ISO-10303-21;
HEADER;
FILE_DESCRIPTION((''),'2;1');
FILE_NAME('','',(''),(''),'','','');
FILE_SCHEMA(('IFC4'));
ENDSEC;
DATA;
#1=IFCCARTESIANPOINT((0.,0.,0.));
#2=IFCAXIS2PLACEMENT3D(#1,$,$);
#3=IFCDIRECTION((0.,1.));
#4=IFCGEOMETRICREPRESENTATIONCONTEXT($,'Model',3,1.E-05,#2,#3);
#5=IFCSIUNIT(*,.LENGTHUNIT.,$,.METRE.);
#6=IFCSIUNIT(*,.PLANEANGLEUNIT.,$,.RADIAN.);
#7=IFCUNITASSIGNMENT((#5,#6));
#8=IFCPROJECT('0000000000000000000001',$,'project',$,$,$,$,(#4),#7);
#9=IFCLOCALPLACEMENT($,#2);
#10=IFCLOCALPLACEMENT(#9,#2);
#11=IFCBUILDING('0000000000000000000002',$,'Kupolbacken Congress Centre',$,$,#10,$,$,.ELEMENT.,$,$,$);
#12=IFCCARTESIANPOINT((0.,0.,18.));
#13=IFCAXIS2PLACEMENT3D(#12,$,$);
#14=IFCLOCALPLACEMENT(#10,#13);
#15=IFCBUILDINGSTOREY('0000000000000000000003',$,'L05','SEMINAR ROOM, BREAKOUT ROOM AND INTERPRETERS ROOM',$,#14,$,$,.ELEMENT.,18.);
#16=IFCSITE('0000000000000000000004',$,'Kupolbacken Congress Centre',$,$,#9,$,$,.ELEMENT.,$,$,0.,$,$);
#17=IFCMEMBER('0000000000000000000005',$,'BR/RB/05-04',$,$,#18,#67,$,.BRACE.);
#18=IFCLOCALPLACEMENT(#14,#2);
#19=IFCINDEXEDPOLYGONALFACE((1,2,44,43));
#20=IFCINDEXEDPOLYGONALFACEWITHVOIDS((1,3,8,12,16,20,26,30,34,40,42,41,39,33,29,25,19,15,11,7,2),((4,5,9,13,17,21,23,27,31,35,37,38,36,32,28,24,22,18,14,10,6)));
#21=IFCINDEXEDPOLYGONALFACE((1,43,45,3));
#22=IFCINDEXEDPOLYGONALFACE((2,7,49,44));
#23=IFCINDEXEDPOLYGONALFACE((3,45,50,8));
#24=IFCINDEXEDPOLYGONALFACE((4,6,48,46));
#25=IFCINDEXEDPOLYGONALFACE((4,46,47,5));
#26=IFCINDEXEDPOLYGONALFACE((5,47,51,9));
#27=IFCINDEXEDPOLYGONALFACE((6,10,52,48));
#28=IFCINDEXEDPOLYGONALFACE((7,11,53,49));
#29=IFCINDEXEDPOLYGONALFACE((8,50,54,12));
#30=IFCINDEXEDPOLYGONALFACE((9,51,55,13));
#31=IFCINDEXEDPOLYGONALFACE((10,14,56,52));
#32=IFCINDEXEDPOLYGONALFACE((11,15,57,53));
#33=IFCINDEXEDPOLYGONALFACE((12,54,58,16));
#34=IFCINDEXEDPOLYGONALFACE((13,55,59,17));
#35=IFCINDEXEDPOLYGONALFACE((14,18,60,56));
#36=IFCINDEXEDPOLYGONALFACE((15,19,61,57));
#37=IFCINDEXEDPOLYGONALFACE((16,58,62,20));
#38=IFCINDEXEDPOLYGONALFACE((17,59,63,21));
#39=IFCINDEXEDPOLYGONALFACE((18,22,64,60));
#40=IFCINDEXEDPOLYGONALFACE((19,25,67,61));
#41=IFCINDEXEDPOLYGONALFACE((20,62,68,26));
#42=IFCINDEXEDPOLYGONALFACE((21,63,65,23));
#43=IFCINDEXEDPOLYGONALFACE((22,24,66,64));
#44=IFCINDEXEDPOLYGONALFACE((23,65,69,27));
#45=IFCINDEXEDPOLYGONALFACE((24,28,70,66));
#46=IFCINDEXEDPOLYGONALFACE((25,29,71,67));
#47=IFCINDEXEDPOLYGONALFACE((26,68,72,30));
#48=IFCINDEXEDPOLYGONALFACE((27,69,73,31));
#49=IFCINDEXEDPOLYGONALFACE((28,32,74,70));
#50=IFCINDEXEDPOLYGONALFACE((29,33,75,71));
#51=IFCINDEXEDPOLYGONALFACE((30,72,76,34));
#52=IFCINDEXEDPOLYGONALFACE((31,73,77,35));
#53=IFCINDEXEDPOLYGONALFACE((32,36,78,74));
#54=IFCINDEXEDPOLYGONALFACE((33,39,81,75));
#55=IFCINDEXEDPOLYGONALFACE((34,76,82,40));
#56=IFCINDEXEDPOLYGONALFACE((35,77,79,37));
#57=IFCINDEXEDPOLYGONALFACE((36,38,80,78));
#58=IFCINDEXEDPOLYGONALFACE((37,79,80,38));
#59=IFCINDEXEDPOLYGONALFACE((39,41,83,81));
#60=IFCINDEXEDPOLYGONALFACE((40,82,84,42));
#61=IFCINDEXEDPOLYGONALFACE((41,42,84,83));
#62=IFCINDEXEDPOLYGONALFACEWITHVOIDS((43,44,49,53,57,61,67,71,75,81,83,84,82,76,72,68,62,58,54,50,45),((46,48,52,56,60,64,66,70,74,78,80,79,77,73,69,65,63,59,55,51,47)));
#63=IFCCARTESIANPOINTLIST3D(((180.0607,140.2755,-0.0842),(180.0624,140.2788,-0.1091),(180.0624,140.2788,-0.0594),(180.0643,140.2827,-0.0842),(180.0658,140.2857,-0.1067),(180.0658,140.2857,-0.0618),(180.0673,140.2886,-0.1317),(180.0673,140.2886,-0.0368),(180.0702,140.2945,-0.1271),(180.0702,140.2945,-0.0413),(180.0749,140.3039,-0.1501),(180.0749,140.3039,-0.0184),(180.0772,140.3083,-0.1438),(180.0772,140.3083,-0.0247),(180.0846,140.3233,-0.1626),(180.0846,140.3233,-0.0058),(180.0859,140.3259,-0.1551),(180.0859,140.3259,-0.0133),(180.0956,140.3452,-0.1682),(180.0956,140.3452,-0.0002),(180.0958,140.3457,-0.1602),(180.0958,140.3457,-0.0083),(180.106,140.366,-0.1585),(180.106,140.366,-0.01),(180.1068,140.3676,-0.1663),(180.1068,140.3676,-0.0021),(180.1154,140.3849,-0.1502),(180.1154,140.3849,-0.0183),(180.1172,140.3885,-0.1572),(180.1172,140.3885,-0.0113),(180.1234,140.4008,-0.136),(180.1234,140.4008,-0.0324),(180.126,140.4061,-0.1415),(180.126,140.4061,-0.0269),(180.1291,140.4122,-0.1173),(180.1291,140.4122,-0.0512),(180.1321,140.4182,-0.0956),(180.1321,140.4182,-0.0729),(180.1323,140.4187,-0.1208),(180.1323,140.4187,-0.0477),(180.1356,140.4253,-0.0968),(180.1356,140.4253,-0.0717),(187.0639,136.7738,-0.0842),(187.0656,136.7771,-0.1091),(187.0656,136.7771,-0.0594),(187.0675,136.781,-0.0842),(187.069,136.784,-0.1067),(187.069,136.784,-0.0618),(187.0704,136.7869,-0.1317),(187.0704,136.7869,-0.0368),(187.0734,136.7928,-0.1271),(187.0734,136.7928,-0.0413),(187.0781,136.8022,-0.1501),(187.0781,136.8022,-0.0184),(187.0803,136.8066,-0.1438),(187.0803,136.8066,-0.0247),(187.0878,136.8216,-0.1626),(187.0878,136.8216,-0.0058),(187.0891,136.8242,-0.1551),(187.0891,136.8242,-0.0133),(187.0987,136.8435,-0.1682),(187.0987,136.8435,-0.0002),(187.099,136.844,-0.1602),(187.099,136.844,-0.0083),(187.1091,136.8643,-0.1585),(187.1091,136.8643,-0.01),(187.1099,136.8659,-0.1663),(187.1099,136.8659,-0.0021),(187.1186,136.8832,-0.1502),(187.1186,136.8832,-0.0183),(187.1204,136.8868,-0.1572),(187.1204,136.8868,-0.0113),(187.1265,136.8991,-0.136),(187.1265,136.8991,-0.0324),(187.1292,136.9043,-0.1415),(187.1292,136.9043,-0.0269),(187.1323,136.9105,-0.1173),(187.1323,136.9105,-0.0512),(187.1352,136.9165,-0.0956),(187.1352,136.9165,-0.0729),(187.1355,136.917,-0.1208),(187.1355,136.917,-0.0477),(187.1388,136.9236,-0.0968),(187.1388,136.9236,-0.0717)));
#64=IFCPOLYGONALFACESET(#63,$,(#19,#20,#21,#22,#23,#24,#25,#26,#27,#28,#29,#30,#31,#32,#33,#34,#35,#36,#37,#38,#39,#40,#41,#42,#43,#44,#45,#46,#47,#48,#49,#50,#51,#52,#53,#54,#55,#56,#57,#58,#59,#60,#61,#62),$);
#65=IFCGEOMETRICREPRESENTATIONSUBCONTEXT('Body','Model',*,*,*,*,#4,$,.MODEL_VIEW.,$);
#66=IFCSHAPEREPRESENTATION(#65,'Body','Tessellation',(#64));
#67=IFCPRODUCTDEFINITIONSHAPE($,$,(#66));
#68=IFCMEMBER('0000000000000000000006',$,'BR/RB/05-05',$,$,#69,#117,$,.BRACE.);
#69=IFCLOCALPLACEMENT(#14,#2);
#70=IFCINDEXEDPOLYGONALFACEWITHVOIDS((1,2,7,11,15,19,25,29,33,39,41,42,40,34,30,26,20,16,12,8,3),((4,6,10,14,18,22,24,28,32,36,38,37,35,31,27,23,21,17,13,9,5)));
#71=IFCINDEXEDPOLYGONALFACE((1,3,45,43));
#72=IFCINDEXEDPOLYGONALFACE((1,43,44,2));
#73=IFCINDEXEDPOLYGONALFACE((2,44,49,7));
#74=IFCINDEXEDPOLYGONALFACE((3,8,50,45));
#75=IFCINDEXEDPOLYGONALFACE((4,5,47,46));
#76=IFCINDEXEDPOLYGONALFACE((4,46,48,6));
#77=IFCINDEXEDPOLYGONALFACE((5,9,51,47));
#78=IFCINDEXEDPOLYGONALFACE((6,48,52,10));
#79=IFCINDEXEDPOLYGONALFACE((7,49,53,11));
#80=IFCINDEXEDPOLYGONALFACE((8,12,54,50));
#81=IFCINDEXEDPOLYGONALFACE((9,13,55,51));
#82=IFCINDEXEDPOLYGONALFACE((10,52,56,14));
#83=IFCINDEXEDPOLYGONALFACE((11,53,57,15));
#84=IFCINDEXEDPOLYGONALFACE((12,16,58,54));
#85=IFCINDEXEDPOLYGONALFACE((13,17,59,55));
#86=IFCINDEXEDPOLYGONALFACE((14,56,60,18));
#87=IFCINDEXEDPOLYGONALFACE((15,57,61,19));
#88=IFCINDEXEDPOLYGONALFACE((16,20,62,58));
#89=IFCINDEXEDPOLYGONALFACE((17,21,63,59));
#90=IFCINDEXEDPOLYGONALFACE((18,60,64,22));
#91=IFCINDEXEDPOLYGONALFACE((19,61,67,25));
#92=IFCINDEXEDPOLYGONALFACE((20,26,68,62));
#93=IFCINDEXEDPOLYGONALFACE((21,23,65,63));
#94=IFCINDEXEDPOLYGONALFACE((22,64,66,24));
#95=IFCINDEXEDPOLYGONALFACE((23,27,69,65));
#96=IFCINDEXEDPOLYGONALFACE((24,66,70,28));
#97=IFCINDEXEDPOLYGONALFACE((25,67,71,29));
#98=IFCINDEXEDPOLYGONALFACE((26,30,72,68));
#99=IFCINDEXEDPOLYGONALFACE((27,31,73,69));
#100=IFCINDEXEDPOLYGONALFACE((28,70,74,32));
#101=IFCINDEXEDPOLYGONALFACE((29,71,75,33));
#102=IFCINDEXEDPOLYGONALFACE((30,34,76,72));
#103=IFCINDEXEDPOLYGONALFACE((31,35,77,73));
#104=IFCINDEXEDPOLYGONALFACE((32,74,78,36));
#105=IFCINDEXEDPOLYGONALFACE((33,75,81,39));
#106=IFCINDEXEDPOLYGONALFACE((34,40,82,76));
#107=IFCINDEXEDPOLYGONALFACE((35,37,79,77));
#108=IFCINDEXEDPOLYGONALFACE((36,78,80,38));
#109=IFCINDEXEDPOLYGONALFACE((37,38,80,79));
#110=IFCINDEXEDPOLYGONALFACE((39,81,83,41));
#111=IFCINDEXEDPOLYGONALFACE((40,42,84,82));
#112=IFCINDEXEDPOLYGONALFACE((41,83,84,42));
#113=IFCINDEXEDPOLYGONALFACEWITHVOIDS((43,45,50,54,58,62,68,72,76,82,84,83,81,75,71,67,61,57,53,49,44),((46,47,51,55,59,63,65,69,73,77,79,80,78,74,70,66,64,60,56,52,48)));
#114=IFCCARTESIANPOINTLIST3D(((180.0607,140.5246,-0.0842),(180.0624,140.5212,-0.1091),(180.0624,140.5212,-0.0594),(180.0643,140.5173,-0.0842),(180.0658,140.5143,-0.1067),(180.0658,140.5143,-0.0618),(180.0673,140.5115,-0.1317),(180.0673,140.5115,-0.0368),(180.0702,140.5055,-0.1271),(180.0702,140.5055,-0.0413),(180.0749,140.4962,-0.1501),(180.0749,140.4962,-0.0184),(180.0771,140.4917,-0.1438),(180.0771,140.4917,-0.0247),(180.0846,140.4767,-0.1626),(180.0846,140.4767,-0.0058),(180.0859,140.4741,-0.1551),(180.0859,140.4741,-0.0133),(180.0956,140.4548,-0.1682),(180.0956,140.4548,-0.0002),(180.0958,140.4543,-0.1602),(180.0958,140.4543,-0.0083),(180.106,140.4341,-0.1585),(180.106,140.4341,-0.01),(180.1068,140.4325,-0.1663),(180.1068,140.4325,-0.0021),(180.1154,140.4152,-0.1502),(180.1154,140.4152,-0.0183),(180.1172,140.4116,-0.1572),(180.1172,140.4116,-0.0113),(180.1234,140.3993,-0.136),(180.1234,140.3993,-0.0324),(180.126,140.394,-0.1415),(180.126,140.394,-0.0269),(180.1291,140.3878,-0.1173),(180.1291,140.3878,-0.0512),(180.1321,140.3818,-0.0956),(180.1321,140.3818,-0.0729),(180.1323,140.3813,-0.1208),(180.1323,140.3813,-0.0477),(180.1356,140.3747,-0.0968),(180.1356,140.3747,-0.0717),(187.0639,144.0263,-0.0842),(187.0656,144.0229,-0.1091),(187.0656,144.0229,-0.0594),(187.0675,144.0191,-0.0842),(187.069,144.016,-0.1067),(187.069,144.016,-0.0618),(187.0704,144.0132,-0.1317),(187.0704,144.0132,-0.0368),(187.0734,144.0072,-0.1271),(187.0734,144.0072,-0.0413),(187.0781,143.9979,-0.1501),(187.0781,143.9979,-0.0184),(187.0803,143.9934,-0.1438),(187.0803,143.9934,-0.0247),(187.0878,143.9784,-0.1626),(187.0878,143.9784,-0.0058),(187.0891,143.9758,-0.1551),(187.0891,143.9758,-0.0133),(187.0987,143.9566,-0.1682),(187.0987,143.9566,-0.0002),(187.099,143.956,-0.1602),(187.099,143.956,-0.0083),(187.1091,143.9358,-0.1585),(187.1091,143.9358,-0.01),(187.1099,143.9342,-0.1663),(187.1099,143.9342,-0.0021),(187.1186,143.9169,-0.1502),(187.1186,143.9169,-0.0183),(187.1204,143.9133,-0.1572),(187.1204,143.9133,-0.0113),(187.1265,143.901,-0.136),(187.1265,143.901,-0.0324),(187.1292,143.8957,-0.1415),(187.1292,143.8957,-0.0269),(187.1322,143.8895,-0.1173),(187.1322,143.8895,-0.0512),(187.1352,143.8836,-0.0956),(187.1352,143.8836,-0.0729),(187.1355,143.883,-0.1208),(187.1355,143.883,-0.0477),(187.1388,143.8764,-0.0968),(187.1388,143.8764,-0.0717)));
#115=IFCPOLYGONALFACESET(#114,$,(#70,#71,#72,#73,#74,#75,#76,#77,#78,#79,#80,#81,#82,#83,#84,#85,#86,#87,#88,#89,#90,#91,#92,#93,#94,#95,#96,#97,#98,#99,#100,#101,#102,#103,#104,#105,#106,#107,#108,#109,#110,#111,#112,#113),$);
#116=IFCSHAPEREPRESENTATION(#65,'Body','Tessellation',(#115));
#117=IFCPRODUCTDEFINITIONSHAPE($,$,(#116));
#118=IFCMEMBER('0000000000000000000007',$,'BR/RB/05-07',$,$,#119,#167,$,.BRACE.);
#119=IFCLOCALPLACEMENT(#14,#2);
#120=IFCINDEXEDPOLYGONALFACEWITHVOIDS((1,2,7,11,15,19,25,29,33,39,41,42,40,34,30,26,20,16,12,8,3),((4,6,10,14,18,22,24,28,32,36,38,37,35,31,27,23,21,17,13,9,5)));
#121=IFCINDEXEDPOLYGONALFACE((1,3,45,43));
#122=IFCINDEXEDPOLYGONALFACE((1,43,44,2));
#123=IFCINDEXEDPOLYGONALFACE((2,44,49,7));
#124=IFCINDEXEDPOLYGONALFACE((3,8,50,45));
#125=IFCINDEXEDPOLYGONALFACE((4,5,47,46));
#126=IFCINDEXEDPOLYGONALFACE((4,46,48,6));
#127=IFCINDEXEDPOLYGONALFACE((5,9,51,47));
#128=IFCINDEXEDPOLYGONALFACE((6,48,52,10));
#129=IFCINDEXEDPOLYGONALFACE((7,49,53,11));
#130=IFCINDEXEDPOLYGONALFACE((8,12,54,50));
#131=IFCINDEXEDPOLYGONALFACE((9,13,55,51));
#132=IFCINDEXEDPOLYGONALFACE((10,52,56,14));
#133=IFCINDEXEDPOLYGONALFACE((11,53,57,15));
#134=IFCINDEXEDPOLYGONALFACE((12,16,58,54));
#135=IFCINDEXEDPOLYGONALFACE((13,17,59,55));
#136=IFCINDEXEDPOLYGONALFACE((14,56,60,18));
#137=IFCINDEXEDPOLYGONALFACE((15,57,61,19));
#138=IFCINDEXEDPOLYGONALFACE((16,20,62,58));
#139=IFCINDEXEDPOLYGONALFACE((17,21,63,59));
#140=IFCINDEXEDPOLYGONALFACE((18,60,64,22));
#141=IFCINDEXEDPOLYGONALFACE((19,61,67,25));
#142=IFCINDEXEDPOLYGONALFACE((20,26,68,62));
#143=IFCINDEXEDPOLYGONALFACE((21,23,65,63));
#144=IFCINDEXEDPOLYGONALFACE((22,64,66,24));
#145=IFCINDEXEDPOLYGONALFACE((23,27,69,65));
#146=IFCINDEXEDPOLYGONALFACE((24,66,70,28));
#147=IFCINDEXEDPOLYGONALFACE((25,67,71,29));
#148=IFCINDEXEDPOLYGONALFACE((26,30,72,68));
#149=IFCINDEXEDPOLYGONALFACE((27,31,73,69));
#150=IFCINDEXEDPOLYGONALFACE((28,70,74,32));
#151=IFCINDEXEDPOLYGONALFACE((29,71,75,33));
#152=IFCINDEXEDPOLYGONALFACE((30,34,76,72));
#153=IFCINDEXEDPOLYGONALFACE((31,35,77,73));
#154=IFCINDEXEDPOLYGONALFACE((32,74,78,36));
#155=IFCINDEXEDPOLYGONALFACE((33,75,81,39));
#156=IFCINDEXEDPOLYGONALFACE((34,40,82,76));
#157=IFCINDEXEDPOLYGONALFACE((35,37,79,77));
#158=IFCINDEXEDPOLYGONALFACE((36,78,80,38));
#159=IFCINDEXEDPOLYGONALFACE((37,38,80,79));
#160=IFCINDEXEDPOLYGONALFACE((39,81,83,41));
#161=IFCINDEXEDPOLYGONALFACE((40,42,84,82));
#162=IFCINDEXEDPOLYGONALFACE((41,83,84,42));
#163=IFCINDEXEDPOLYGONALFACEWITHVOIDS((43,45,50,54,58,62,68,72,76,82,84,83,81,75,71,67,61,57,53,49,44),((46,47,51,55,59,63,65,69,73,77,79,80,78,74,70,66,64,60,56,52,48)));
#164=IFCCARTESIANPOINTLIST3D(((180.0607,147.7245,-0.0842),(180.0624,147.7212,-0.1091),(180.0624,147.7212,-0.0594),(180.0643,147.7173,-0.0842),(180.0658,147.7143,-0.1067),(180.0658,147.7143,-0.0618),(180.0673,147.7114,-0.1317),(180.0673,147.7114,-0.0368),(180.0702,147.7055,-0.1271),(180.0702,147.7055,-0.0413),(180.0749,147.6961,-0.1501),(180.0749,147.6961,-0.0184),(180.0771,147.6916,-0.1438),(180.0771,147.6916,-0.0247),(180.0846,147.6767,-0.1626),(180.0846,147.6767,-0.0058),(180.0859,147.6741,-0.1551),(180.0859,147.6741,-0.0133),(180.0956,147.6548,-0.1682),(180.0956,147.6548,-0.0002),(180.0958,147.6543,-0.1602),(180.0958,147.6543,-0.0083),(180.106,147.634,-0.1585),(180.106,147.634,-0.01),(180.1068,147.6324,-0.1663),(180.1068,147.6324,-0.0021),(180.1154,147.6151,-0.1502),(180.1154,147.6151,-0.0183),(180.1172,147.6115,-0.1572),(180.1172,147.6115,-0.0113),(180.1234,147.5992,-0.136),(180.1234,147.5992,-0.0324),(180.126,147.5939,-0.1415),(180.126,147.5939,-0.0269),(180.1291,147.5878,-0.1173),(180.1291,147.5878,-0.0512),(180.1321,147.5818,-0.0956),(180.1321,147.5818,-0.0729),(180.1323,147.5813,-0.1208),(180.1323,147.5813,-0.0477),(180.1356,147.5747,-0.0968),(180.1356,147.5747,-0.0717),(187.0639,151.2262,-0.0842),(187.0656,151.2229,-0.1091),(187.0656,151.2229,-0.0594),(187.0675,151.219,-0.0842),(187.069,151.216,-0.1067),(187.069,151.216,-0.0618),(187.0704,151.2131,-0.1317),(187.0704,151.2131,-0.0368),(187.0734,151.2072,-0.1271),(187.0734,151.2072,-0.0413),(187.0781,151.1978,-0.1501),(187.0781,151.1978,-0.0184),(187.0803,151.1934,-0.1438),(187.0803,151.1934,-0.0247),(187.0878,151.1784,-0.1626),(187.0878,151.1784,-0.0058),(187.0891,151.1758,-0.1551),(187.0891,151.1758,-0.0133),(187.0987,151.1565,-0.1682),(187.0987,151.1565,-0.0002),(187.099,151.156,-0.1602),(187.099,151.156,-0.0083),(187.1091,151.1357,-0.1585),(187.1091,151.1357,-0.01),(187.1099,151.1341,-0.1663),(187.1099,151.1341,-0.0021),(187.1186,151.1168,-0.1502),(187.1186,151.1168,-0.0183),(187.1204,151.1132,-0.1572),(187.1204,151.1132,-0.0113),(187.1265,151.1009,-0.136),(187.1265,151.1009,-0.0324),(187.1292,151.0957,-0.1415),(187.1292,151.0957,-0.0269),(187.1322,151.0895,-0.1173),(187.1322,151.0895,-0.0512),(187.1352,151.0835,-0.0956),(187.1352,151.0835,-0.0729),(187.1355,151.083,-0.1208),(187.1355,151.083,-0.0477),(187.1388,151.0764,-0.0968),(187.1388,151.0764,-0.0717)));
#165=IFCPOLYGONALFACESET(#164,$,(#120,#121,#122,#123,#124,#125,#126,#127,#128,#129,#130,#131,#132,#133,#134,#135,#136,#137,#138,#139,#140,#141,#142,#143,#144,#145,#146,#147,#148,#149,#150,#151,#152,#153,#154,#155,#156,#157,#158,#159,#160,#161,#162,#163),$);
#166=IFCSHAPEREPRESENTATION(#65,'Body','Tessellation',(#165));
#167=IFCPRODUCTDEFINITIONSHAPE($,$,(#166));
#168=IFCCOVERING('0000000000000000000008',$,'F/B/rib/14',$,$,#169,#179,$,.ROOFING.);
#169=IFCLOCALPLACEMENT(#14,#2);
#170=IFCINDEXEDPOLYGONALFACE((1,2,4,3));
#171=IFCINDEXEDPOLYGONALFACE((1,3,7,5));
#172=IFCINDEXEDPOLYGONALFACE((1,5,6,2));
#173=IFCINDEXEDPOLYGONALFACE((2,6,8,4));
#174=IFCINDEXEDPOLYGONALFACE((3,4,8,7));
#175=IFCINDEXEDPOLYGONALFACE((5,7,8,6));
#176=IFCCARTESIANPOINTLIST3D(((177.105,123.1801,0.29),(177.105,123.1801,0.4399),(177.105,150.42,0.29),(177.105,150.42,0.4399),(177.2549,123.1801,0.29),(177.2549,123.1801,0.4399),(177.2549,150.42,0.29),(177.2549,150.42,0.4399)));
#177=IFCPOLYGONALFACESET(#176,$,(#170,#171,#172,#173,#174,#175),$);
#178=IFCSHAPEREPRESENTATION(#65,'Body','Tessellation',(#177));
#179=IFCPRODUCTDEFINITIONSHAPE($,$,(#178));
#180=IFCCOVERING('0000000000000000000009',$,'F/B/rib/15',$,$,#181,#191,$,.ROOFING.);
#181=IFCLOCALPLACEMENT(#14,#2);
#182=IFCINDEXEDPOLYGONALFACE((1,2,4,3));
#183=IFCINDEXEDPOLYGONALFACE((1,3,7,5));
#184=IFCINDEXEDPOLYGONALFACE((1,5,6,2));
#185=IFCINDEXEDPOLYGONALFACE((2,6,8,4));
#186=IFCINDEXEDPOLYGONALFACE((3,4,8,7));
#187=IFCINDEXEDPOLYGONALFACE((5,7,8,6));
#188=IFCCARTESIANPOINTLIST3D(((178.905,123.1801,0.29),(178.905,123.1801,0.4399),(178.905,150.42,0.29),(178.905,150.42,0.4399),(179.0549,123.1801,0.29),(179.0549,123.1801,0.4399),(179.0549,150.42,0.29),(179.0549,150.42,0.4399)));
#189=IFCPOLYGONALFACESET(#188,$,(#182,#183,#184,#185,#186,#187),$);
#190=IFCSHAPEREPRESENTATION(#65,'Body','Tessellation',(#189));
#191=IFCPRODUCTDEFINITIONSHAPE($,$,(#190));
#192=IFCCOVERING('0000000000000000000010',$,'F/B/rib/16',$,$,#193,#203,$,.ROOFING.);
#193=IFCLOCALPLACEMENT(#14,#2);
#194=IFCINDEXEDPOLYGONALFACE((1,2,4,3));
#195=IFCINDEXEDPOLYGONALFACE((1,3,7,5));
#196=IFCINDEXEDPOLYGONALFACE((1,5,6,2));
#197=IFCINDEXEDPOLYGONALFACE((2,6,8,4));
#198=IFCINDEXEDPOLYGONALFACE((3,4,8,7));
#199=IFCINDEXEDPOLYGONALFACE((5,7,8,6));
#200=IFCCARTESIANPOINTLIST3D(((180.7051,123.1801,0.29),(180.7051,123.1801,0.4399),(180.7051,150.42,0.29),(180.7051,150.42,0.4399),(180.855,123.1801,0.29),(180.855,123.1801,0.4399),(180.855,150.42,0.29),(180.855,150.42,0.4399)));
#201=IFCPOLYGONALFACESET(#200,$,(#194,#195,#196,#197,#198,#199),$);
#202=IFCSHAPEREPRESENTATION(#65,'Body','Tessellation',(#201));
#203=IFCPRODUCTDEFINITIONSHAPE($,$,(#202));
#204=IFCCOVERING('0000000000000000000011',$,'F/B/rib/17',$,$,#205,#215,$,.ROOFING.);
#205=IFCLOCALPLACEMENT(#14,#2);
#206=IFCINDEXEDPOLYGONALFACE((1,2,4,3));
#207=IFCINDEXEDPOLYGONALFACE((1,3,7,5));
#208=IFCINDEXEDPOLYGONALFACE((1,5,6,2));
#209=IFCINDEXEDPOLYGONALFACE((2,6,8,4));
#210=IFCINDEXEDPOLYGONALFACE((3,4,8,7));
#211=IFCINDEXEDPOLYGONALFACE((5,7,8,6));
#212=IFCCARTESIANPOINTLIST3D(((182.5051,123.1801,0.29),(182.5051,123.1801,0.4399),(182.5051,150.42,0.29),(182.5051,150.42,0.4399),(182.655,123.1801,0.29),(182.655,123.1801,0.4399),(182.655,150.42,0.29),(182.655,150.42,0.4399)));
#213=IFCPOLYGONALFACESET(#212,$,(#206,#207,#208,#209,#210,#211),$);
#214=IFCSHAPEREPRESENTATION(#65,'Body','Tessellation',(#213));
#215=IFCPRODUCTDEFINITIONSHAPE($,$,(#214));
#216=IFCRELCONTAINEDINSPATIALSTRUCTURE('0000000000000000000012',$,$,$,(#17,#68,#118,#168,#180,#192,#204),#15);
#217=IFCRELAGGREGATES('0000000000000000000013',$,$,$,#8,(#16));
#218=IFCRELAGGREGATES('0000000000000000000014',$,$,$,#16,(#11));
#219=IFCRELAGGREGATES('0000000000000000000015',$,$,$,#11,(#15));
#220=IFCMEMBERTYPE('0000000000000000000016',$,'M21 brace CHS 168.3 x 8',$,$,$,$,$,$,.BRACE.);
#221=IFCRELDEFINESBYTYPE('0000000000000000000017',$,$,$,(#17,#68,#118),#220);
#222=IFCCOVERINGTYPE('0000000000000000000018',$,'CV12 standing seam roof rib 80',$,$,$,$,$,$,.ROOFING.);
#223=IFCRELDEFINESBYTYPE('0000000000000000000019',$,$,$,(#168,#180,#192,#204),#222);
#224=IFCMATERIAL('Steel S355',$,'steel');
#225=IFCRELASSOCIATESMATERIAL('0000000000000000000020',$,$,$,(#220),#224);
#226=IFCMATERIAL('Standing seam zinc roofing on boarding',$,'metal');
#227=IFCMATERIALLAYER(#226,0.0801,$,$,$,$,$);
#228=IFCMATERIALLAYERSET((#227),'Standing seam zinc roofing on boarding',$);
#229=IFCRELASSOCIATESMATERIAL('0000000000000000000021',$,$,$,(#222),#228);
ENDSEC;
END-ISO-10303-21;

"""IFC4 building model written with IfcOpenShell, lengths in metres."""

from ifc_helpers import new_model, si_unit, direction, frame, origin, origin_2d, place, context, subcontext, project, spatial, rectangle, hollow_circle, extrude, material, layer, layer_set, material_profile, profile_set, type_object, element, save


model = new_model("IFC4")

# Units and contexts
model_context = context("Model", 3, precision=1e-05, world=origin(), true_north=direction((0.0, 1.0)))
body_context = subcontext(model_context, "Body", "Model", "MODEL_VIEW")
ifc_project = project(units=[si_unit("LENGTHUNIT", "METRE"), si_unit("PLANEANGLEUNIT", "RADIAN")], contexts=[model_context])

# Site, building, storey
site_placement = place(None, origin())
site = spatial("IfcSite", under=ifc_project, at=site_placement, Name="Kupolbacken Congress Centre", CompositionType="ELEMENT", RefElevation=0.0)
building_placement = place(site_placement, origin())
building = spatial("IfcBuilding", under=site, at=building_placement, Name="Kupolbacken Congress Centre", CompositionType="ELEMENT")
storey_placement = place(building_placement, frame((0.0, 0.0, 18.0)))
storey = spatial("IfcBuildingStorey", under=building, at=storey_placement, Name="L05", Description="SEMINAR ROOM, BREAKOUT ROOM AND INTERPRETERS ROOM", CompositionType="ELEMENT", Elevation=18.0)

# Members
ifc_material_1 = material(Name="Steel S355", Category="steel")
ifc_material_profile_1 = material_profile(ifc_material_1, hollow_circle(Radius=0.0842, WallThickness=0.0081, at=origin_2d()), Name="CHS 168.3 x 8")
ifc_profile_set_1 = profile_set([ifc_material_profile_1], Name="Steel S355")
member_type_1 = type_object("IfcMemberType", Name="M21 brace CHS 168.3 x 8", PredefinedType="BRACE", material=ifc_profile_set_1)
for number, where, z_axis, x_axis, name in (
    (1, (187.1016, 136.8491, -0.0842), (-0.894421, 0.447226, 0.0), (-0.447226, -0.894421, 0.0), "BR/RB/05-04"),
    (2, (180.0984, 140.4492, -0.0842), (0.894421, 0.447226, 0.0), (-0.447226, 0.894421, 0.0), "BR/RB/05-05"),
    (3, (180.0984, 147.6492, -0.0842), (0.894421, 0.447226, 0.0), (-0.447226, 0.894421, 0.0), "BR/RB/05-07"),
):
    element("IfcMember", number, at=place(storey_placement, frame(where, z_axis=z_axis, x_axis=x_axis)), inside=storey, type_object=member_type_1, Name=name, PredefinedType="BRACE", context=body_context, shape_type="SweptSolid", body=[
        extrude(hollow_circle(Radius=0.0842, WallThickness=0.0081, at=origin_2d()), origin(), (0.0, 0.0, 1.0), 7.8298),
    ])

# Coverings
ifc_material_2 = material(Name="Standing seam zinc roofing on boarding", Category="metal")
ifc_layer_1 = layer(ifc_material_2, 0.0801)
ifc_layer_set_1 = layer_set([ifc_layer_1], Name="Standing seam zinc roofing on boarding")
covering_type = type_object("IfcCoveringType", Name="CV12 standing seam roof rib 80", PredefinedType="ROOFING", material=ifc_layer_set_1)
for number, where, z_axis, x_axis, name in (
    (4, (177.1799, 136.8, 0.29), (0.0, 0.0, 1.0), (0.0, 1.0, 0.0), "F/B/rib/14"),
    (5, (178.98, 136.8, 0.29), (0.0, 0.0, 1.0), (0.0, 1.0, 0.0), "F/B/rib/15"),
    (6, (180.78, 136.8, 0.29), (0.0, 0.0, 1.0), (0.0, 1.0, 0.0), "F/B/rib/16"),
    (7, (182.5801, 136.8, 0.29), (0.0, 0.0, 1.0), (0.0, 1.0, 0.0), "F/B/rib/17"),
):
    element("IfcCovering", number, at=place(storey_placement, frame(where, z_axis=z_axis, x_axis=x_axis)), inside=storey, type_object=covering_type, Name=name, PredefinedType="ROOFING", context=body_context, shape_type="SweptSolid", body=[
        extrude(rectangle(XDim=27.24, YDim=0.1499, at=origin_2d()), origin(), (0.0, 0.0, 1.0), 0.1499),
    ])

save(model, "model.ifc")
